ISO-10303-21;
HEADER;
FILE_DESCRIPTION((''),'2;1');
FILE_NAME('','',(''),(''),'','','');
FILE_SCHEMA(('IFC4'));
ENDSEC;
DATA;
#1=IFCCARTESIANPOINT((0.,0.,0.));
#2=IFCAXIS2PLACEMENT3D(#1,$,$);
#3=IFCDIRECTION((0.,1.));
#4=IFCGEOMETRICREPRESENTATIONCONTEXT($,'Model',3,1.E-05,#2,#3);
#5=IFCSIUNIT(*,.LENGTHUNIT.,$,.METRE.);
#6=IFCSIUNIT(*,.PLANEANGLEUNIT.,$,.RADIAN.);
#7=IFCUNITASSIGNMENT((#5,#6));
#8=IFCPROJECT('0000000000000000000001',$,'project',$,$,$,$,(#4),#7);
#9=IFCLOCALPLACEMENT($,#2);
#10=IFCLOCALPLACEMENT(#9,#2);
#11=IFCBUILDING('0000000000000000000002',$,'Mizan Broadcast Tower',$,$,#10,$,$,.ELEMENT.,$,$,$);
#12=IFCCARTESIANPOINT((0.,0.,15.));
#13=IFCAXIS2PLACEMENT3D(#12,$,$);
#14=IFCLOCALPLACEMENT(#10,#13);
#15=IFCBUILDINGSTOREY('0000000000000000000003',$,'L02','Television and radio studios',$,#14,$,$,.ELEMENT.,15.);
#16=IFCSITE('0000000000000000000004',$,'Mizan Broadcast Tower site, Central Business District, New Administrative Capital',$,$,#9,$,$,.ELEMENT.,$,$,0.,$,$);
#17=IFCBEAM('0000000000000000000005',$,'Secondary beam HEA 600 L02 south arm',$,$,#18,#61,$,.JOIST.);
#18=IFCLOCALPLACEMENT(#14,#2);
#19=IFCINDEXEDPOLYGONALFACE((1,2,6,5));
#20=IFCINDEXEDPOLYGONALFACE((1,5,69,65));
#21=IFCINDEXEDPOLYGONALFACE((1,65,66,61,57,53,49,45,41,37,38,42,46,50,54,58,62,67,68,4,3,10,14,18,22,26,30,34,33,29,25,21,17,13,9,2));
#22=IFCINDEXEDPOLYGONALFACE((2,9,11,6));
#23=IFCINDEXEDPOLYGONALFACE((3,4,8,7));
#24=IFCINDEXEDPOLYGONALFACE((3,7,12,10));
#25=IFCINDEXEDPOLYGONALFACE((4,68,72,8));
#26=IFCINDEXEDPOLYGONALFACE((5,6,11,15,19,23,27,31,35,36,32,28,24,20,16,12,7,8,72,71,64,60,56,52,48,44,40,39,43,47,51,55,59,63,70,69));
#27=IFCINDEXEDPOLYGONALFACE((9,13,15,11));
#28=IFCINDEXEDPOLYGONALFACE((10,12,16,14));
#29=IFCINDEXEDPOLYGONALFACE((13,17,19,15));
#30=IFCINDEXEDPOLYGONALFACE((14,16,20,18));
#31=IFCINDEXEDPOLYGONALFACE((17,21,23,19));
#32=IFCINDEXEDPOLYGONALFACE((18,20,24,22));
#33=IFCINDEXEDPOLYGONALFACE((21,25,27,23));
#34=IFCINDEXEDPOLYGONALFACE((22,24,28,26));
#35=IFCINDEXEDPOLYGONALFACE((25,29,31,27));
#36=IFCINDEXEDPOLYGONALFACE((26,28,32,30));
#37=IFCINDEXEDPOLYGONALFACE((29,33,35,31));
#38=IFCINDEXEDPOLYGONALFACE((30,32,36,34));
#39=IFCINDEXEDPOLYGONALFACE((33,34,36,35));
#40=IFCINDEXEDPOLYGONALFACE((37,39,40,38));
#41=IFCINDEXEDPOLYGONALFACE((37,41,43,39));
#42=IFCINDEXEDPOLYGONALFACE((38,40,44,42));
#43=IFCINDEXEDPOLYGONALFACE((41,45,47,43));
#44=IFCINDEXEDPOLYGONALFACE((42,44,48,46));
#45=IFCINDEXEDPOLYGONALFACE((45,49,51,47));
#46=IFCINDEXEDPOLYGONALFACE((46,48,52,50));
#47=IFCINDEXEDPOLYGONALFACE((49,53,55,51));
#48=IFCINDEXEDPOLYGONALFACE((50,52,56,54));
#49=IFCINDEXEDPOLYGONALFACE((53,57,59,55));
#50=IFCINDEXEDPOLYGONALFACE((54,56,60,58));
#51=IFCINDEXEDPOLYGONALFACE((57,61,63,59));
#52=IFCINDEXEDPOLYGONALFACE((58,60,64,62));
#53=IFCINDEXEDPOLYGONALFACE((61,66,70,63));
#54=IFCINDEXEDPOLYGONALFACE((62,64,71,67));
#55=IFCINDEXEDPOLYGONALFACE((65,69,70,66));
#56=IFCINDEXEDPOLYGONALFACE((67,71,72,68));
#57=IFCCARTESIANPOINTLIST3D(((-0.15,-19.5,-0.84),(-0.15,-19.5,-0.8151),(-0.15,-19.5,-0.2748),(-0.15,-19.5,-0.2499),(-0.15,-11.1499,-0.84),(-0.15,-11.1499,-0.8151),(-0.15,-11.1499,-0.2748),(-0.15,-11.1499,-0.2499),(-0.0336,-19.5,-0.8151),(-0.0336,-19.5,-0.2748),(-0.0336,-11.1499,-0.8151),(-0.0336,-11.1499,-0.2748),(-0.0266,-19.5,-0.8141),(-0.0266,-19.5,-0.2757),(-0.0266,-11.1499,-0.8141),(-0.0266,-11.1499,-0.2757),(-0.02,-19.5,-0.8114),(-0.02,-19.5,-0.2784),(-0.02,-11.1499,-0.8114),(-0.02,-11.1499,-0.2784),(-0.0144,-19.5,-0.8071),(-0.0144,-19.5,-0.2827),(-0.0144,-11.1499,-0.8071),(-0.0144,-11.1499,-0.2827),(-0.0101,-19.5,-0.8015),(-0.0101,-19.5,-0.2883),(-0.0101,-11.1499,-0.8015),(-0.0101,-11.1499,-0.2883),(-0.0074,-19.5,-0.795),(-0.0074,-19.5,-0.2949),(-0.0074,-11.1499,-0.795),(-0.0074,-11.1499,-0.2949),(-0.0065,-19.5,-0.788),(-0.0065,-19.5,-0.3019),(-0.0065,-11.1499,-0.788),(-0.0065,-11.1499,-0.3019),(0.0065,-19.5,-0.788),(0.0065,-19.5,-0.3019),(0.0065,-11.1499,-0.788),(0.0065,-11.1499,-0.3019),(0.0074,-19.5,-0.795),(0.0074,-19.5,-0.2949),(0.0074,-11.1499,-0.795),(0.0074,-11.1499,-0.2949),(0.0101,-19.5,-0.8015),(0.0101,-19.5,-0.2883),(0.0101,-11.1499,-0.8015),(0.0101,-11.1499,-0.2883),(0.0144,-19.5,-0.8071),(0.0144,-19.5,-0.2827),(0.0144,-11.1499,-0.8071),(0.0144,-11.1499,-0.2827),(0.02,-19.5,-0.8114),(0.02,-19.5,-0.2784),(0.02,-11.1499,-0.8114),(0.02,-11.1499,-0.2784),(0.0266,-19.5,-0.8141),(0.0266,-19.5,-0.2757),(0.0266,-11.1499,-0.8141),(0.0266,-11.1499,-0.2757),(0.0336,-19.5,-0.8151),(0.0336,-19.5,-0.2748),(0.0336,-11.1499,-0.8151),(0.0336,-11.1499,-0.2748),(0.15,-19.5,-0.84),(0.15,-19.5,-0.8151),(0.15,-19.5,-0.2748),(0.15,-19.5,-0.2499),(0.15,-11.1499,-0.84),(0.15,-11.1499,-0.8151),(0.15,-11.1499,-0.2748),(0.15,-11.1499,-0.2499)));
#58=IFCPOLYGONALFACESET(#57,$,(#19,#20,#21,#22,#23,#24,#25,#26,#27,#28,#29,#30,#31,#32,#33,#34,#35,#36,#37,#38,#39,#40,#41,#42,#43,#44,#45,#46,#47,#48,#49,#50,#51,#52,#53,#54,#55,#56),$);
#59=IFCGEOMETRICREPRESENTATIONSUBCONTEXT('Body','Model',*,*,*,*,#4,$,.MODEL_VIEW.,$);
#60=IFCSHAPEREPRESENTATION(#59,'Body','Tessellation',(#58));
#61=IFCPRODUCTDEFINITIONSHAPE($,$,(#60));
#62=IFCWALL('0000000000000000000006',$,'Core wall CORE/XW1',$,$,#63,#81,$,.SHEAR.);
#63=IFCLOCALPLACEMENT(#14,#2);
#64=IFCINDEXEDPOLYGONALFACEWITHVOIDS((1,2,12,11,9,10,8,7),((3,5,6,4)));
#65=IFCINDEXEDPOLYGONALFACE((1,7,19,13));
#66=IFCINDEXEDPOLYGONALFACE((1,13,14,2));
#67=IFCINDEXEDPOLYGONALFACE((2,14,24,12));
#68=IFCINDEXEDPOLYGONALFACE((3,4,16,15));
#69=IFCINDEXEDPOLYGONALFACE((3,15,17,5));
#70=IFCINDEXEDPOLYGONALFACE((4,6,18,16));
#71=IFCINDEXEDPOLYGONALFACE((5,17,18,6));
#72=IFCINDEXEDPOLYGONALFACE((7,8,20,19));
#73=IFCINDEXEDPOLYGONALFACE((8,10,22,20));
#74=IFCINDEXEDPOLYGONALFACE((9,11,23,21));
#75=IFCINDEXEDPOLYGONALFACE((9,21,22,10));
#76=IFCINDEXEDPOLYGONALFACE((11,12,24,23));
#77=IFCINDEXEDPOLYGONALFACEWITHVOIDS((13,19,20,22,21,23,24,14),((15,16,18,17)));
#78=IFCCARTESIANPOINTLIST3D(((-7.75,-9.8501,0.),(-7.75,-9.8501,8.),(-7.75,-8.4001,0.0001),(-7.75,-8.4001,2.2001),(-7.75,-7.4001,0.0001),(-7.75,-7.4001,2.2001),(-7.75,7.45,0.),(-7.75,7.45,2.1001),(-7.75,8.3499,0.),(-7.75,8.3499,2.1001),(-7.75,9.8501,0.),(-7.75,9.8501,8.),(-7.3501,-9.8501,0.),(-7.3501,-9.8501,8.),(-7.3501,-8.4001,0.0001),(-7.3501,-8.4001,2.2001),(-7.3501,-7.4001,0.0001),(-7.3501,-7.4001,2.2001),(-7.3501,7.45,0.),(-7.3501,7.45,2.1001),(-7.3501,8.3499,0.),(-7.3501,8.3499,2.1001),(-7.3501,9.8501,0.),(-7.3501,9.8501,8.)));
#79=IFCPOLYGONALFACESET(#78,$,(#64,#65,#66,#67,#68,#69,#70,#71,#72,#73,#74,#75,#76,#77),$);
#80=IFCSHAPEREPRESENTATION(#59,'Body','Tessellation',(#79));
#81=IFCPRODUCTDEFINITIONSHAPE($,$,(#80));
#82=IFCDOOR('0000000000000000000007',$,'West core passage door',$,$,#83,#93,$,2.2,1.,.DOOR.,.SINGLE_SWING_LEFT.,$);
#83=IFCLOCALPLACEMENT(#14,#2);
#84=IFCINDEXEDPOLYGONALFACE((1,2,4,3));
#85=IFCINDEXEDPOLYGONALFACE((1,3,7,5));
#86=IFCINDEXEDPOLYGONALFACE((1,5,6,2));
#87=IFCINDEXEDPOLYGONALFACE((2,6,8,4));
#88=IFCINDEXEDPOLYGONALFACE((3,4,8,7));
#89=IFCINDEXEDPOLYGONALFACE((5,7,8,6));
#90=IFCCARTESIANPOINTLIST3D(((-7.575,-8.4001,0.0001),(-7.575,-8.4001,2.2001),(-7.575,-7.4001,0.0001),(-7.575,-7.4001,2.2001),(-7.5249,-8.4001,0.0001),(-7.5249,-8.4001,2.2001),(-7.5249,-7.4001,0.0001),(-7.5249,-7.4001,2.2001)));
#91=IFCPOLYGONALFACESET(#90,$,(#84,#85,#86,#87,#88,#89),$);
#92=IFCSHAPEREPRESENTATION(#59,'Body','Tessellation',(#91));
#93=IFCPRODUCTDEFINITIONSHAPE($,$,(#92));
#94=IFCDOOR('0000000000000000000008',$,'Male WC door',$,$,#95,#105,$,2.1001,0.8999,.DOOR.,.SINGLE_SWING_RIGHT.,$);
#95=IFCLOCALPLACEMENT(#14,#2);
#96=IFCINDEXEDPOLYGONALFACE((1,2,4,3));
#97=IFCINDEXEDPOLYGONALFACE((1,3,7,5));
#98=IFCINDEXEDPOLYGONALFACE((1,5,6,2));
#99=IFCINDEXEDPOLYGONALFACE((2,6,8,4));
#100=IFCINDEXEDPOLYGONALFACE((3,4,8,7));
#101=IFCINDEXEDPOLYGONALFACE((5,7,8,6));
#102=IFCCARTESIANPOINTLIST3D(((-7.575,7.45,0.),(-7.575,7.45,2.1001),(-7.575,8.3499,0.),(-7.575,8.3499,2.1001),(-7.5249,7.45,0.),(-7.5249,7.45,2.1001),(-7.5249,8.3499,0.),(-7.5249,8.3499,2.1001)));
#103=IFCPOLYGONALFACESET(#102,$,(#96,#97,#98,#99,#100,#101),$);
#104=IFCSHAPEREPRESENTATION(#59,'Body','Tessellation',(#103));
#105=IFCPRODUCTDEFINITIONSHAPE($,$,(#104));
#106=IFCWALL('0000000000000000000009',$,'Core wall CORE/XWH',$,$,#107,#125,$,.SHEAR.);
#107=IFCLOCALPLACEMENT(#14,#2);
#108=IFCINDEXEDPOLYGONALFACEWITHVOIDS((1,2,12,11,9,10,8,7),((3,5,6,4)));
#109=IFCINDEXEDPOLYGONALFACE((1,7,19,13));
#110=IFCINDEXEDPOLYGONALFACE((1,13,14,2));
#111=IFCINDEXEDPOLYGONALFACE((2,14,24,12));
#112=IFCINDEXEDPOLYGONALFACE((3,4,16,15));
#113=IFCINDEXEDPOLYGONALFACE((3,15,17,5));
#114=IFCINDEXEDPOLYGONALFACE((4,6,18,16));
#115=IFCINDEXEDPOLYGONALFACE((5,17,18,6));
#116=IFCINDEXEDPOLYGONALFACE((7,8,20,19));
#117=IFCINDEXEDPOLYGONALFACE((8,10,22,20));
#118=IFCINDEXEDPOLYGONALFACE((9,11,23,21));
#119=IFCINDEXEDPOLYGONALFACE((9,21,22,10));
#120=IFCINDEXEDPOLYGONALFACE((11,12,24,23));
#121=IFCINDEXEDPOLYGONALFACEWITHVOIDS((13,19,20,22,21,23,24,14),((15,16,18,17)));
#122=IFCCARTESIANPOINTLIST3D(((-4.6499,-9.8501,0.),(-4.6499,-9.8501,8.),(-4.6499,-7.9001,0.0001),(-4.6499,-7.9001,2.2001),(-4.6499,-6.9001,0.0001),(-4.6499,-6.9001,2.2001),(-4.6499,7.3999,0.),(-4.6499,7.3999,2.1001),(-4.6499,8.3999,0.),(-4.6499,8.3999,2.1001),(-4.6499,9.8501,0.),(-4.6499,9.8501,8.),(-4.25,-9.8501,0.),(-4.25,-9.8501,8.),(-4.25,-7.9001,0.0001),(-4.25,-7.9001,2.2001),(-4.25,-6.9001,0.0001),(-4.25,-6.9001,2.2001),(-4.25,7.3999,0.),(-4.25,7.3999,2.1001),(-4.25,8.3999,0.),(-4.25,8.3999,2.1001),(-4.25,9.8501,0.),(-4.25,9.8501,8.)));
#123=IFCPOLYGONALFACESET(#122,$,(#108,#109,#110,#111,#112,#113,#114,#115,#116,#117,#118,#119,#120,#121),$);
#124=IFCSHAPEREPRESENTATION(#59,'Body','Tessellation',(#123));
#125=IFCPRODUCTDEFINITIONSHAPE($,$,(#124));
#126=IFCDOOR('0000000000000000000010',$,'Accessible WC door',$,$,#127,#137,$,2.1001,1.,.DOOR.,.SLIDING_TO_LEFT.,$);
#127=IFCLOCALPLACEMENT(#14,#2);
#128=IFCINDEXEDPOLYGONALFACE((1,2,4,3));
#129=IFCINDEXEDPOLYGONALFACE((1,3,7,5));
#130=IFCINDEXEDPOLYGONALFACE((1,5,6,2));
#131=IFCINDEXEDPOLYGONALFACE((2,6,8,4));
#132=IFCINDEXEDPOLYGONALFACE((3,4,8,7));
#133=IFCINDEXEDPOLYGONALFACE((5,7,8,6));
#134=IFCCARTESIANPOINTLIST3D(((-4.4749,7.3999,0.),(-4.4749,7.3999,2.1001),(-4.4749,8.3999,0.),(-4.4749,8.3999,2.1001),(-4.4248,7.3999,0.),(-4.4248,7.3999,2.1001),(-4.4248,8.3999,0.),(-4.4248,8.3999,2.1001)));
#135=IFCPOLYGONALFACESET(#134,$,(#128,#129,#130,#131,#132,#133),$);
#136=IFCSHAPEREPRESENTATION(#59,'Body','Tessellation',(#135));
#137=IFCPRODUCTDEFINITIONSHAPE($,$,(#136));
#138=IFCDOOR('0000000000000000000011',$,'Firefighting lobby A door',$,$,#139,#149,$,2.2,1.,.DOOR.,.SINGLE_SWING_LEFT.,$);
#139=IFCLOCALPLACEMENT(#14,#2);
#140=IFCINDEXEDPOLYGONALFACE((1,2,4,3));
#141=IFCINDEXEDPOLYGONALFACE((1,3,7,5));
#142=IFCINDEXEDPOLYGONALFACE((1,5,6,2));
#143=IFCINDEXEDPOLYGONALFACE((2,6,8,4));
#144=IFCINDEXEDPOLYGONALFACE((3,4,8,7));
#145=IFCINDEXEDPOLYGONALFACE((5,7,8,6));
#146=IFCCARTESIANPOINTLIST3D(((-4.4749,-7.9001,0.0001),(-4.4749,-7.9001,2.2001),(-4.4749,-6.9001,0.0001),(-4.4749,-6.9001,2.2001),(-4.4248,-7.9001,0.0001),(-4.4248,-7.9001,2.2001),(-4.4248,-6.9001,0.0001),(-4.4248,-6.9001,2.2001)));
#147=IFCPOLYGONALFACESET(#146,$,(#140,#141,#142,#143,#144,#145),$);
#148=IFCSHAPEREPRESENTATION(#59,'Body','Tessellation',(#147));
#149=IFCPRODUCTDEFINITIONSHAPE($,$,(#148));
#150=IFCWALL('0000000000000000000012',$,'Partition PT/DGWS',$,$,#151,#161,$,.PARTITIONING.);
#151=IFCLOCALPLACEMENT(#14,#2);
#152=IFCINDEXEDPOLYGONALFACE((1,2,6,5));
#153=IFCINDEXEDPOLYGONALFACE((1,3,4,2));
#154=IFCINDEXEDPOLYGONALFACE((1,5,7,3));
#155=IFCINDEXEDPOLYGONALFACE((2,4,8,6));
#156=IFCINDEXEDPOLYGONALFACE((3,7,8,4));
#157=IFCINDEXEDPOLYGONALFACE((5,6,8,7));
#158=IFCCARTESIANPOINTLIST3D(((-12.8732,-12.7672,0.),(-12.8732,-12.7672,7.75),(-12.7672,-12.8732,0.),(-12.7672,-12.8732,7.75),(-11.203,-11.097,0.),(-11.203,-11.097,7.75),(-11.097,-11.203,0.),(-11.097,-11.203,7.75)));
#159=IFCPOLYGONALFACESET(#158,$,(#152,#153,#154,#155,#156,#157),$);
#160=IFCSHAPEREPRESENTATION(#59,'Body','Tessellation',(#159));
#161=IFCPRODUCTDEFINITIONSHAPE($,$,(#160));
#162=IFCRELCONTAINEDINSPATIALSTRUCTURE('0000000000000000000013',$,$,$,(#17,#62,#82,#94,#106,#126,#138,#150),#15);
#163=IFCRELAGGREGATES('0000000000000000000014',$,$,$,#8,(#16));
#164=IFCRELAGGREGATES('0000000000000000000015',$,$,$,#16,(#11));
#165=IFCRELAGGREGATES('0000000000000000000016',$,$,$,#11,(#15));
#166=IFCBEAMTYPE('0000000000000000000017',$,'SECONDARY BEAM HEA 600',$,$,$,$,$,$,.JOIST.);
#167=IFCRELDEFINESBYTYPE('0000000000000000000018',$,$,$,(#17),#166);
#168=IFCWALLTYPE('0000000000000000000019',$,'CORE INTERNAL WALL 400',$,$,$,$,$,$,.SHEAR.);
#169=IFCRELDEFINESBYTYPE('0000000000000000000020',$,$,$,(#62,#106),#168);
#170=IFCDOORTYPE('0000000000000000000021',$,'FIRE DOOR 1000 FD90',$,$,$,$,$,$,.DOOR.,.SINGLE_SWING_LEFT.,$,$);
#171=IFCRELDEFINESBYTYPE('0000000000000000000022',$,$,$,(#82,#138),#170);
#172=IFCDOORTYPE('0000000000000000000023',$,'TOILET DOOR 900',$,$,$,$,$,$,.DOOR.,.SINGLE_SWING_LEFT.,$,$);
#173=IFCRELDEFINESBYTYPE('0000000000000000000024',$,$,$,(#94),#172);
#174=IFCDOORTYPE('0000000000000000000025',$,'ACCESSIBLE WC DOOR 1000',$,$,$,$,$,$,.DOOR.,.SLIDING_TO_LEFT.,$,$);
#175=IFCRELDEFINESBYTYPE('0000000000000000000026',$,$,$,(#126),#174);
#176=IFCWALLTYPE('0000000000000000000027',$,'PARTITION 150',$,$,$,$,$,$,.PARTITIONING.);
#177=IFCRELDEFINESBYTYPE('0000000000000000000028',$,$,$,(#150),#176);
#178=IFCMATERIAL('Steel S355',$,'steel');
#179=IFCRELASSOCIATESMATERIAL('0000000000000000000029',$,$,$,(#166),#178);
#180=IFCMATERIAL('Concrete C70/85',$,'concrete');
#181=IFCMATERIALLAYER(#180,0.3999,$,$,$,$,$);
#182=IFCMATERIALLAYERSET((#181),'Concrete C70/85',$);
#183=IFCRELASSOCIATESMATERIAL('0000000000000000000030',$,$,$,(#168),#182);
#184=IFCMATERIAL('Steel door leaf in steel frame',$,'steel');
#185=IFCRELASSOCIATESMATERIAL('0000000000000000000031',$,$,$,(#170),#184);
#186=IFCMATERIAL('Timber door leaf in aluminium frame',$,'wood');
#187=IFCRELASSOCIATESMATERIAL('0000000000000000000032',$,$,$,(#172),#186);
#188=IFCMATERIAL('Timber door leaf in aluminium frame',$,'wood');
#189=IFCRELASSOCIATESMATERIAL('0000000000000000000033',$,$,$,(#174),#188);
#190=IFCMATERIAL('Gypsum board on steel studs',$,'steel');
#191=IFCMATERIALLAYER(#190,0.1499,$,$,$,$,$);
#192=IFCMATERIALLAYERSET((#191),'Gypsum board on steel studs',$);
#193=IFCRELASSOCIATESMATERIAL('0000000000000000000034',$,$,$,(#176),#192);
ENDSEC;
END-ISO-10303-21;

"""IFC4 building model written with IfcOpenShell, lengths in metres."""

from ifc_helpers import new_model, si_unit, direction, frame, frame_2d, origin, origin_2d, place, context, subcontext, project, spatial, rectangle, i_section, extrude, material, layer, layer_set, material_profile, profile_set, type_object, element, fill, save


model = new_model("IFC4")

# Units and contexts
model_context = context("Model", 3, precision=1e-05, world=origin(), true_north=direction((0.0, 1.0)))
body_context = subcontext(model_context, "Body", "Model", "MODEL_VIEW")
ifc_project = project(units=[si_unit("LENGTHUNIT", "METRE"), si_unit("PLANEANGLEUNIT", "RADIAN")], contexts=[model_context])

# Site, building, storey
site_placement = place(None, origin())
site = spatial("IfcSite", under=ifc_project, at=site_placement, Name="Mizan Broadcast Tower site, Central Business District, New Administrative Capital", CompositionType="ELEMENT", RefElevation=0.0)
building_placement = place(site_placement, origin())
building = spatial("IfcBuilding", under=site, at=building_placement, Name="Mizan Broadcast Tower", CompositionType="ELEMENT")
storey_placement = place(building_placement, frame((0.0, 0.0, 15.0)))
storey = spatial("IfcBuildingStorey", under=building, at=storey_placement, Name="L02", Description="Television and radio studios", CompositionType="ELEMENT", Elevation=15.0)

# Beam
ifc_material_1 = material(Name="Steel S355", Category="steel")
ifc_material_profile_1 = material_profile(ifc_material_1, i_section(OverallWidth=0.3, OverallDepth=0.5901, WebThickness=0.0129, FlangeThickness=0.0249, FilletRadius=0.0271, at=origin_2d()), Name="HEA 600")
ifc_profile_set_1 = profile_set([ifc_material_profile_1], Name="Steel S355")
beam_type_1 = type_object("IfcBeamType", Name="SECONDARY BEAM HEA 600", PredefinedType="JOIST", material=ifc_profile_set_1)
beam_1_placement = place(storey_placement, frame((0.0, -11.1499, -0.5449), z_axis=(0.0, -1.0, 0.0), x_axis=(1.0, 0.0, 0.0)))
element("IfcBeam", 1, at=beam_1_placement, inside=storey, type_object=beam_type_1, Name="Secondary beam HEA 600 L02 south arm", PredefinedType="JOIST", context=body_context, shape_type="SweptSolid", body=[
    extrude(i_section(OverallWidth=0.3, OverallDepth=0.5901, WebThickness=0.0129, FlangeThickness=0.0249, FilletRadius=0.0271, at=origin_2d()), origin(), (0.0, 0.0, 1.0), 8.3501),
])

# Walls, openings, doors
ifc_material_2 = material(Name="Concrete C70/85", Category="concrete")
ifc_layer_1 = layer(ifc_material_2, 0.3999)
ifc_layer_set_1 = layer_set([ifc_layer_1], Name="Concrete C70/85")
wall_type_1 = type_object("IfcWallType", Name="CORE INTERNAL WALL 400", PredefinedType="SHEAR", material=ifc_layer_set_1)
wall_1_placement = place(storey_placement, frame((-7.55, -9.8501, 0.0), z_axis=(0.0, 0.0, 1.0), x_axis=(0.0, 1.0, 0.0)))
wall_1 = element("IfcWall", 2, at=wall_1_placement, inside=storey, type_object=wall_type_1, Name="Core wall CORE/XW1", PredefinedType="SHEAR", context=body_context, shape_type="SweptSolid", body=[
    extrude(rectangle(XDim=19.7002, YDim=0.3999, at=frame_2d((9.8501, 0.0))), origin(), (0.0, 0.0, 1.0), 8.0),
])
opening_1_placement = place(wall_1_placement, frame((1.45, 0.0, 0.0)))
opening_1 = element("IfcOpeningElement", 3, at=opening_1_placement, cuts=wall_1, PredefinedType="OPENING", context=body_context, shape_type="SweptSolid", body=[
    extrude(rectangle(XDim=1.0, YDim=2.2, at=frame_2d((0.5, 1.1001))), frame((0.0, 0.21, 0.0), z_axis=(0.0, -1.0, 0.0), x_axis=(1.0, 0.0, 0.0)), (0.0, 0.0, 1.0), 0.4199),
])
opening_2_placement = place(wall_1_placement, frame((17.3, 0.0, 0.0)))
opening_2 = element("IfcOpeningElement", 4, at=opening_2_placement, cuts=wall_1, PredefinedType="OPENING", context=body_context, shape_type="SweptSolid", body=[
    extrude(rectangle(XDim=0.8999, YDim=2.1001, at=frame_2d((0.45, 1.05))), frame((0.0, 0.21, 0.0), z_axis=(0.0, -1.0, 0.0), x_axis=(1.0, 0.0, 0.0)), (0.0, 0.0, 1.0), 0.4199),
])
ifc_material_3 = material(Name="Steel door leaf in steel frame", Category="steel")
door_type_1 = type_object("IfcDoorType", Name="FIRE DOOR 1000 FD90", OperationType="SINGLE_SWING_LEFT", PredefinedType="DOOR", material=ifc_material_3)
door_1_placement = place(opening_1_placement, origin())
door_1 = element("IfcDoor", 5, at=door_1_placement, inside=storey, type_object=door_type_1, Name="West core passage door", OperationType="SINGLE_SWING_LEFT", OverallHeight=2.2, OverallWidth=1.0, PredefinedType="DOOR", context=body_context, shape_type="SweptSolid", body=[
    extrude(rectangle(XDim=1.0, YDim=2.2, at=frame_2d((0.5, 1.1001))), frame((0.0, 0.0249, 0.0), z_axis=(0.0, -1.0, 0.0), x_axis=(1.0, 0.0, 0.0)), (0.0, 0.0, 1.0), 0.05),
])
fill(opening_1, door_1)
ifc_material_4 = material(Name="Timber door leaf in aluminium frame", Category="wood")
door_type_2 = type_object("IfcDoorType", Name="TOILET DOOR 900", OperationType="SINGLE_SWING_LEFT", PredefinedType="DOOR", material=ifc_material_4)
door_2_placement = place(opening_2_placement, origin())
door_2 = element("IfcDoor", 6, at=door_2_placement, inside=storey, type_object=door_type_2, Name="Male WC door", OperationType="SINGLE_SWING_RIGHT", OverallHeight=2.1001, OverallWidth=0.8999, PredefinedType="DOOR", context=body_context, shape_type="SweptSolid", body=[
    extrude(rectangle(XDim=0.8999, YDim=2.1001, at=frame_2d((0.45, 1.05))), frame((0.0, 0.0249, 0.0), z_axis=(0.0, -1.0, 0.0), x_axis=(1.0, 0.0, 0.0)), (0.0, 0.0, 1.0), 0.05),
])
fill(opening_2, door_2)
wall_2_placement = place(storey_placement, frame((-4.45, -9.8501, 0.0), z_axis=(0.0, 0.0, 1.0), x_axis=(0.0, 1.0, 0.0)))
wall_2 = element("IfcWall", 7, at=wall_2_placement, inside=storey, type_object=wall_type_1, Name="Core wall CORE/XWH", PredefinedType="SHEAR", context=body_context, shape_type="SweptSolid", body=[
    extrude(rectangle(XDim=19.7002, YDim=0.3999, at=frame_2d((9.8501, 0.0))), origin(), (0.0, 0.0, 1.0), 8.0),
])
opening_3_placement = place(wall_2_placement, frame((1.95, 0.0, 0.0)))
opening_3 = element("IfcOpeningElement", 8, at=opening_3_placement, cuts=wall_2, PredefinedType="OPENING", context=body_context, shape_type="SweptSolid", body=[
    extrude(rectangle(XDim=1.0, YDim=2.2, at=frame_2d((0.5, 1.1001))), frame((0.0, 0.21, 0.0), z_axis=(0.0, -1.0, 0.0), x_axis=(1.0, 0.0, 0.0)), (0.0, 0.0, 1.0), 0.4199),
])
opening_4_placement = place(wall_2_placement, frame((17.25, 0.0, 0.0)))
opening_4 = element("IfcOpeningElement", 9, at=opening_4_placement, cuts=wall_2, PredefinedType="OPENING", context=body_context, shape_type="SweptSolid", body=[
    extrude(rectangle(XDim=1.0, YDim=2.1001, at=frame_2d((0.5, 1.05))), frame((0.0, 0.21, 0.0), z_axis=(0.0, -1.0, 0.0), x_axis=(1.0, 0.0, 0.0)), (0.0, 0.0, 1.0), 0.4199),
])
ifc_material_5 = material(Name="Timber door leaf in aluminium frame", Category="wood")
door_type_3 = type_object("IfcDoorType", Name="ACCESSIBLE WC DOOR 1000", OperationType="SLIDING_TO_LEFT", PredefinedType="DOOR", material=ifc_material_5)
door_3_placement = place(opening_4_placement, origin())
door_3 = element("IfcDoor", 10, at=door_3_placement, inside=storey, type_object=door_type_3, Name="Accessible WC door", OperationType="SLIDING_TO_LEFT", OverallHeight=2.1001, OverallWidth=1.0, PredefinedType="DOOR", context=body_context, shape_type="SweptSolid", body=[
    extrude(rectangle(XDim=1.0, YDim=2.1001, at=frame_2d((0.5, 1.05))), frame((0.0, 0.0249, 0.0), z_axis=(0.0, -1.0, 0.0), x_axis=(1.0, 0.0, 0.0)), (0.0, 0.0, 1.0), 0.05),
])
fill(opening_4, door_3)
door_4_placement = place(opening_3_placement, origin())
door_4 = element("IfcDoor", 11, at=door_4_placement, inside=storey, type_object=door_type_1, Name="Firefighting lobby A door", OperationType="SINGLE_SWING_LEFT", OverallHeight=2.2, OverallWidth=1.0, PredefinedType="DOOR", context=body_context, shape_type="SweptSolid", body=[
    extrude(rectangle(XDim=1.0, YDim=2.2, at=frame_2d((0.5, 1.1001))), frame((0.0, 0.0249, 0.0), z_axis=(0.0, -1.0, 0.0), x_axis=(1.0, 0.0, 0.0)), (0.0, 0.0, 1.0), 0.05),
])
fill(opening_3, door_4)

# Wall
ifc_material_6 = material(Name="Gypsum board on steel studs", Category="steel")
ifc_layer_2 = layer(ifc_material_6, 0.1499)
ifc_layer_set_2 = layer_set([ifc_layer_2], Name="Gypsum board on steel studs")
wall_type_2 = type_object("IfcWallType", Name="PARTITION 150", PredefinedType="PARTITIONING", material=ifc_layer_set_2)
wall_3_placement = place(storey_placement, frame((-11.1499, -11.1499, 0.0), z_axis=(0.0, 0.0, 1.0), x_axis=(-0.707107, -0.707107, 0.0)))
element("IfcWall", 12, at=wall_3_placement, inside=storey, type_object=wall_type_2, Name="Partition PT/DGWS", PredefinedType="PARTITIONING", context=body_context, shape_type="SweptSolid", body=[
    extrude(rectangle(XDim=2.3621, YDim=0.1499, at=frame_2d((1.1812, 0.0))), origin(), (0.0, 0.0, 1.0), 7.75),
])

save(model, "model.ifc")
